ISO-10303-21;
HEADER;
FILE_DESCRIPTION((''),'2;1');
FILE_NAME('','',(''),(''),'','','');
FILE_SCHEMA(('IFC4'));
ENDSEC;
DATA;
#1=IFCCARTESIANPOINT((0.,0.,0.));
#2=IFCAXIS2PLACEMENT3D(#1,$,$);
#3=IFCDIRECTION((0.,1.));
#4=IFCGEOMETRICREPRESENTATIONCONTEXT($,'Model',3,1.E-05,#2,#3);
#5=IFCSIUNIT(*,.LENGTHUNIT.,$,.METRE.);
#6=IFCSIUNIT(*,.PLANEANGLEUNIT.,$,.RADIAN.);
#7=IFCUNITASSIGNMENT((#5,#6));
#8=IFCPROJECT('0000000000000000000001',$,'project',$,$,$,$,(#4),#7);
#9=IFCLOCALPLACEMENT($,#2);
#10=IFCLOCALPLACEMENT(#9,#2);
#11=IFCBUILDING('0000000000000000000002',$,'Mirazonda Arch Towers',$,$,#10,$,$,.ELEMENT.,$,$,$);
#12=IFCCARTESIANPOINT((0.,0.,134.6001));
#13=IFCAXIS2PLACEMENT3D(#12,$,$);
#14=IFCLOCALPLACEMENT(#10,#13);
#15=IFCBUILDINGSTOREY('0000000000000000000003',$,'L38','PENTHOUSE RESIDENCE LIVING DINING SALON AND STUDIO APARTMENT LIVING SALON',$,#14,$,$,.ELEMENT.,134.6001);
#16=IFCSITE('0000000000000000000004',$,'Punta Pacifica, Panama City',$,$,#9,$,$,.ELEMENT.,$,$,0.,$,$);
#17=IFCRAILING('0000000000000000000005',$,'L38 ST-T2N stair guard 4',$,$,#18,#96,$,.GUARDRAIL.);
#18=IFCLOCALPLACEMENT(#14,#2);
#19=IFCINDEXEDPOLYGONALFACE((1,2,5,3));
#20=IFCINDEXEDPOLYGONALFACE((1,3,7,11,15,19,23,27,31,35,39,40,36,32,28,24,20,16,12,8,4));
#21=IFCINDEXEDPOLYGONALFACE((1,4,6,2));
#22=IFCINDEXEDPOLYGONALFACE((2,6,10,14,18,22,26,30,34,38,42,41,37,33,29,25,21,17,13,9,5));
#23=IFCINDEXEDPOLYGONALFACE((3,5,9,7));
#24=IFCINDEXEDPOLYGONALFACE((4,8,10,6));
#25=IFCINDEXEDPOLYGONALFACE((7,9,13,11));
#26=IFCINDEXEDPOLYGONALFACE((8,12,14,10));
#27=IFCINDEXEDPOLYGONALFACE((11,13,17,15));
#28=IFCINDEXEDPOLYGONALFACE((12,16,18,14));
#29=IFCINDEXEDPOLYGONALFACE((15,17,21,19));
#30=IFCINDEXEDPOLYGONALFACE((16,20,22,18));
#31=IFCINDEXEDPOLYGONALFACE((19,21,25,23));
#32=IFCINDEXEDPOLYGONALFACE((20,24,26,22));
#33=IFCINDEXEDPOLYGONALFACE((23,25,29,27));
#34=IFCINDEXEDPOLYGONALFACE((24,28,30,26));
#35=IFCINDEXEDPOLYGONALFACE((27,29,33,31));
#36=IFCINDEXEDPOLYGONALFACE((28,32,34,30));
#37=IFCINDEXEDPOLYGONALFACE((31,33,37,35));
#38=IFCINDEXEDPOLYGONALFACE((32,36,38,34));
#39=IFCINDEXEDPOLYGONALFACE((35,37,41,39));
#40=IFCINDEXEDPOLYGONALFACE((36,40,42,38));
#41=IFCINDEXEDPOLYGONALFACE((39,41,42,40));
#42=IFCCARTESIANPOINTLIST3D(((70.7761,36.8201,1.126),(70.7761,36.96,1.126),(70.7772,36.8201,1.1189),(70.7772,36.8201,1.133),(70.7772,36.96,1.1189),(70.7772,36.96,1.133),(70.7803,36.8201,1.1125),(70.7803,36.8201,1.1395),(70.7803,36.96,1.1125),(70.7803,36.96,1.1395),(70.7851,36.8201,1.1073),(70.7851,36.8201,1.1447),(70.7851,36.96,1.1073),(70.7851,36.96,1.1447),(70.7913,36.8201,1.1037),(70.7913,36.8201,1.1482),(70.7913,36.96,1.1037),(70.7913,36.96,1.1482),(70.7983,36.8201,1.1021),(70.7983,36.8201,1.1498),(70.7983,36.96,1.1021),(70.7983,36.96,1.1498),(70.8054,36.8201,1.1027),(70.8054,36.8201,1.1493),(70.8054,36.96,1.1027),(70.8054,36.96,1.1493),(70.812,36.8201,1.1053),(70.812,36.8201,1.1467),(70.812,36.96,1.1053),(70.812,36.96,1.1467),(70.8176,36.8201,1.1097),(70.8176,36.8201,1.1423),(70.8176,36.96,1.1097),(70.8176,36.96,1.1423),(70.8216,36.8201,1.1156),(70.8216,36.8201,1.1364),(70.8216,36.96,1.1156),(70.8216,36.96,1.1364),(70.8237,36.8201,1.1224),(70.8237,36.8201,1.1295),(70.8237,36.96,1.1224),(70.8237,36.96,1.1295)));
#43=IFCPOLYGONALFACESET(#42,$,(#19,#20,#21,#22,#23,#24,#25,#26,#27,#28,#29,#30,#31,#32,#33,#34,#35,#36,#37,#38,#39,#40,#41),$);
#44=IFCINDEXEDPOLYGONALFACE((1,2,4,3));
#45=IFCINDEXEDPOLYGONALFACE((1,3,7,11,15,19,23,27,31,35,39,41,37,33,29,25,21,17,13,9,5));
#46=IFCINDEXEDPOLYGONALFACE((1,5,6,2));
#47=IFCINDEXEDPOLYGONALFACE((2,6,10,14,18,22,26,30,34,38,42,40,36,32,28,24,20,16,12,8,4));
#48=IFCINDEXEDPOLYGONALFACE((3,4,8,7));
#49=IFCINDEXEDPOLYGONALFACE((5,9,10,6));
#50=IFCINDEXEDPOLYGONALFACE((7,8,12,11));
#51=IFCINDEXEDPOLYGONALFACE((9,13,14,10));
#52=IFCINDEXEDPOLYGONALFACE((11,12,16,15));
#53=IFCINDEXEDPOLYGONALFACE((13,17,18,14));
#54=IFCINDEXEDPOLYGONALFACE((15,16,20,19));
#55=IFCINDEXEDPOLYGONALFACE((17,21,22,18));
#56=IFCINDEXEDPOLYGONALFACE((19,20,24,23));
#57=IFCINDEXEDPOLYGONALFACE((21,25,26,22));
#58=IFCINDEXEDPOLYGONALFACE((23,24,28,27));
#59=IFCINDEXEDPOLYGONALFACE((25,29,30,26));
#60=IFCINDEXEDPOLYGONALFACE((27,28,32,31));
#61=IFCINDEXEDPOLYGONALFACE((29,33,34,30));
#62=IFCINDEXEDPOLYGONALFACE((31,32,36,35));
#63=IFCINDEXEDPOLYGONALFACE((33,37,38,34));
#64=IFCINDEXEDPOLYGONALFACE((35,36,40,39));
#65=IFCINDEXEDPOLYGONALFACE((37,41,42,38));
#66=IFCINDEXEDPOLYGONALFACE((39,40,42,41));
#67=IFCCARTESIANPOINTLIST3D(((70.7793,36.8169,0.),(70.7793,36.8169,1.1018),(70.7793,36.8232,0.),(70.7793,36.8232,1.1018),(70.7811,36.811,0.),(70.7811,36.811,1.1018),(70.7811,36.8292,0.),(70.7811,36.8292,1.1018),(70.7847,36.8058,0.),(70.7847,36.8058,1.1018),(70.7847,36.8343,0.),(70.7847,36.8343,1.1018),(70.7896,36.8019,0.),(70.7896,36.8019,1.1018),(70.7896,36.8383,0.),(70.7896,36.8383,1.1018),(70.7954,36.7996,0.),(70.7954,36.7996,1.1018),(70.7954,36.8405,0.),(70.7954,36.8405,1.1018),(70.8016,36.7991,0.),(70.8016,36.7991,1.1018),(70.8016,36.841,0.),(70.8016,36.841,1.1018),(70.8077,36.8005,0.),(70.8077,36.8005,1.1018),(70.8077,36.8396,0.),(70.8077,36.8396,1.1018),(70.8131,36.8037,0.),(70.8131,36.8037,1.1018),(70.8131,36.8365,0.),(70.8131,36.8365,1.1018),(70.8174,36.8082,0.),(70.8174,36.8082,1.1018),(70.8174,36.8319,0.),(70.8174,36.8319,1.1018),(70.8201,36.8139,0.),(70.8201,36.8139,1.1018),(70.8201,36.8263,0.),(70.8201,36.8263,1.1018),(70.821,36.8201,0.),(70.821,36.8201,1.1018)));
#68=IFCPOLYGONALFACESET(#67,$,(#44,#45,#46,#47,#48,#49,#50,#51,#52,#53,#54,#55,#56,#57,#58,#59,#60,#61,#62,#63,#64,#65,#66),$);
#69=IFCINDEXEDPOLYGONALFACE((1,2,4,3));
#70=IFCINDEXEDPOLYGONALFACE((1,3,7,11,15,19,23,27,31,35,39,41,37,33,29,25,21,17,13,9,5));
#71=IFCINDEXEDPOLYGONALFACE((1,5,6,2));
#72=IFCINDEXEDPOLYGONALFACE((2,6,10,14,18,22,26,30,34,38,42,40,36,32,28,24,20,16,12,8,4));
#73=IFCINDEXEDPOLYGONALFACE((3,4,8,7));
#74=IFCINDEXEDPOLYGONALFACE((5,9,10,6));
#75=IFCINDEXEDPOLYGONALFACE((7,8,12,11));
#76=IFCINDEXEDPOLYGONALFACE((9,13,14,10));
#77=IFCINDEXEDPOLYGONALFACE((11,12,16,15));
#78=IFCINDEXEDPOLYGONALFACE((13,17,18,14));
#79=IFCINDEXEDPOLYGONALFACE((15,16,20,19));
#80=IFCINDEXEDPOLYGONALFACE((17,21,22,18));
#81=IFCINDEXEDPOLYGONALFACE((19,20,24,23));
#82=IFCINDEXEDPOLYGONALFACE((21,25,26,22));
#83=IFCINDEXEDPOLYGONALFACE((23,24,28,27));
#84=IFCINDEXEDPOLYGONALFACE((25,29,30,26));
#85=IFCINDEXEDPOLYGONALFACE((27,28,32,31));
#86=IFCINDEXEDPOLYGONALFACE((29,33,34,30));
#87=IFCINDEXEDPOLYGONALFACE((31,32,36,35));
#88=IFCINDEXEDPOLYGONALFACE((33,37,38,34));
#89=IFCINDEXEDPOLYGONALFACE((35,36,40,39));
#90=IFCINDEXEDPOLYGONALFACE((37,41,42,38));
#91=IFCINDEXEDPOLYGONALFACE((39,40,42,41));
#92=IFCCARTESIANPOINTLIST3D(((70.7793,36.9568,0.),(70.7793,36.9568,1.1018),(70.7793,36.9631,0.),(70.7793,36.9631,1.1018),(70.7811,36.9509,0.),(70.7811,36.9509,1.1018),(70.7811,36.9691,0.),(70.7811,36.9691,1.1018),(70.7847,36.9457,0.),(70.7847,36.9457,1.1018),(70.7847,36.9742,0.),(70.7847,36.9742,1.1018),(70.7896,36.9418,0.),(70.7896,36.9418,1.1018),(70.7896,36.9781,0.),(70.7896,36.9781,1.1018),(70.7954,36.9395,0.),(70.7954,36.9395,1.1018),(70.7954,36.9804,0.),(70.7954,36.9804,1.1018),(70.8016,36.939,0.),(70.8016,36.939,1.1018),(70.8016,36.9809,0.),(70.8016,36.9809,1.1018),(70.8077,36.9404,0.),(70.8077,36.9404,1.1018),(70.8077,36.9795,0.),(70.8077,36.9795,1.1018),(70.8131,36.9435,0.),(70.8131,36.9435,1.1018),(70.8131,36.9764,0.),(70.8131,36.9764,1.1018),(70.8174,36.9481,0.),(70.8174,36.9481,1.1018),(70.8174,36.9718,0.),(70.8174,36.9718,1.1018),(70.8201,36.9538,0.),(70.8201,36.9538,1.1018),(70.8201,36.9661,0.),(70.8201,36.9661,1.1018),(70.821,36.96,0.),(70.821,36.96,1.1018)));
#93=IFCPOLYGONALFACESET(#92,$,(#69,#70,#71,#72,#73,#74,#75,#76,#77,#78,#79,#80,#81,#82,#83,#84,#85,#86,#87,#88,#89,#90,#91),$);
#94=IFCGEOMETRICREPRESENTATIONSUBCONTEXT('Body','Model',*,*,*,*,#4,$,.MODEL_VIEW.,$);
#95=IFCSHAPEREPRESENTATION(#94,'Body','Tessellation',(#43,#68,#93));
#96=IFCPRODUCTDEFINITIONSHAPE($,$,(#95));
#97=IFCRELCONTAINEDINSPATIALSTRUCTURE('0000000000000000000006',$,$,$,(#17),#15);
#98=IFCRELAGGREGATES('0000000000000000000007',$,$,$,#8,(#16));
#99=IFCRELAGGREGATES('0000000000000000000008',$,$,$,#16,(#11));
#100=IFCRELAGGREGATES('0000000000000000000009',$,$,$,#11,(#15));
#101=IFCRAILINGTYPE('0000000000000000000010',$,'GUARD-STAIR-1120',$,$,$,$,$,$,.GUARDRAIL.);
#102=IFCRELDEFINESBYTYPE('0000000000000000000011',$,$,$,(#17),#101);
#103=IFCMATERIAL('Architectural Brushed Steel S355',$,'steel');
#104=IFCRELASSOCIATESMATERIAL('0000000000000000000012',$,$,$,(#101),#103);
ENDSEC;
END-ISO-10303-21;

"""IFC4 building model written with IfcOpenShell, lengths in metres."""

from ifc_helpers import new_model, si_unit, direction, frame, origin, origin_2d, place, context, subcontext, project, spatial, circle, extrude, material, type_object, element, save


model = new_model("IFC4")

# Units and contexts
model_context = context("Model", 3, precision=1e-05, world=origin(), true_north=direction((0.0, 1.0)))
body_context = subcontext(model_context, "Body", "Model", "MODEL_VIEW")
ifc_project = project(units=[si_unit("LENGTHUNIT", "METRE"), si_unit("PLANEANGLEUNIT", "RADIAN")], contexts=[model_context])

# Site, building, storey
site_placement = place(None, origin())
site = spatial("IfcSite", under=ifc_project, at=site_placement, Name="Punta Pacifica, Panama City", CompositionType="ELEMENT", RefElevation=0.0)
building_placement = place(site_placement, origin())
building = spatial("IfcBuilding", under=site, at=building_placement, Name="Mirazonda Arch Towers", CompositionType="ELEMENT")
storey_placement = place(building_placement, frame((0.0, 0.0, 134.6001)))
storey = spatial("IfcBuildingStorey", under=building, at=storey_placement, Name="L38", Description="PENTHOUSE RESIDENCE LIVING DINING SALON AND STUDIO APARTMENT LIVING SALON", CompositionType="ELEMENT", Elevation=134.6001)

# Shared definitions
ifc_material_1 = material(Name="Architectural Brushed Steel S355", Category="steel")

# Railing
railing_type_1 = type_object("IfcRailingType", Name="GUARD-STAIR-1120", PredefinedType="GUARDRAIL", material=ifc_material_1)
railing_1_placement = place(storey_placement, frame((70.8, 36.8201, 0.0)))
element("IfcRailing", 1, at=railing_1_placement, inside=storey, type_object=railing_type_1, Name="L38 ST-T2N stair guard 4", PredefinedType="GUARDRAIL", context=body_context, shape_type="SweptSolid", body=[
    extrude(circle(Radius=0.0239, at=origin_2d()), frame((0.0, 0.0, 1.126), z_axis=(0.0, 1.0, 0.0), x_axis=(-1.0, 0.0, 0.0)), (0.0, 0.0, 1.0), 0.1399),
    extrude(circle(Radius=0.021, at=origin_2d()), origin(), (0.0, 0.0, 1.0), 1.1018),
    extrude(circle(Radius=0.021, at=origin_2d()), frame((0.0, 0.1399, 0.0)), (0.0, 0.0, 1.0), 1.1018),
])

save(model, "model.ifc")
